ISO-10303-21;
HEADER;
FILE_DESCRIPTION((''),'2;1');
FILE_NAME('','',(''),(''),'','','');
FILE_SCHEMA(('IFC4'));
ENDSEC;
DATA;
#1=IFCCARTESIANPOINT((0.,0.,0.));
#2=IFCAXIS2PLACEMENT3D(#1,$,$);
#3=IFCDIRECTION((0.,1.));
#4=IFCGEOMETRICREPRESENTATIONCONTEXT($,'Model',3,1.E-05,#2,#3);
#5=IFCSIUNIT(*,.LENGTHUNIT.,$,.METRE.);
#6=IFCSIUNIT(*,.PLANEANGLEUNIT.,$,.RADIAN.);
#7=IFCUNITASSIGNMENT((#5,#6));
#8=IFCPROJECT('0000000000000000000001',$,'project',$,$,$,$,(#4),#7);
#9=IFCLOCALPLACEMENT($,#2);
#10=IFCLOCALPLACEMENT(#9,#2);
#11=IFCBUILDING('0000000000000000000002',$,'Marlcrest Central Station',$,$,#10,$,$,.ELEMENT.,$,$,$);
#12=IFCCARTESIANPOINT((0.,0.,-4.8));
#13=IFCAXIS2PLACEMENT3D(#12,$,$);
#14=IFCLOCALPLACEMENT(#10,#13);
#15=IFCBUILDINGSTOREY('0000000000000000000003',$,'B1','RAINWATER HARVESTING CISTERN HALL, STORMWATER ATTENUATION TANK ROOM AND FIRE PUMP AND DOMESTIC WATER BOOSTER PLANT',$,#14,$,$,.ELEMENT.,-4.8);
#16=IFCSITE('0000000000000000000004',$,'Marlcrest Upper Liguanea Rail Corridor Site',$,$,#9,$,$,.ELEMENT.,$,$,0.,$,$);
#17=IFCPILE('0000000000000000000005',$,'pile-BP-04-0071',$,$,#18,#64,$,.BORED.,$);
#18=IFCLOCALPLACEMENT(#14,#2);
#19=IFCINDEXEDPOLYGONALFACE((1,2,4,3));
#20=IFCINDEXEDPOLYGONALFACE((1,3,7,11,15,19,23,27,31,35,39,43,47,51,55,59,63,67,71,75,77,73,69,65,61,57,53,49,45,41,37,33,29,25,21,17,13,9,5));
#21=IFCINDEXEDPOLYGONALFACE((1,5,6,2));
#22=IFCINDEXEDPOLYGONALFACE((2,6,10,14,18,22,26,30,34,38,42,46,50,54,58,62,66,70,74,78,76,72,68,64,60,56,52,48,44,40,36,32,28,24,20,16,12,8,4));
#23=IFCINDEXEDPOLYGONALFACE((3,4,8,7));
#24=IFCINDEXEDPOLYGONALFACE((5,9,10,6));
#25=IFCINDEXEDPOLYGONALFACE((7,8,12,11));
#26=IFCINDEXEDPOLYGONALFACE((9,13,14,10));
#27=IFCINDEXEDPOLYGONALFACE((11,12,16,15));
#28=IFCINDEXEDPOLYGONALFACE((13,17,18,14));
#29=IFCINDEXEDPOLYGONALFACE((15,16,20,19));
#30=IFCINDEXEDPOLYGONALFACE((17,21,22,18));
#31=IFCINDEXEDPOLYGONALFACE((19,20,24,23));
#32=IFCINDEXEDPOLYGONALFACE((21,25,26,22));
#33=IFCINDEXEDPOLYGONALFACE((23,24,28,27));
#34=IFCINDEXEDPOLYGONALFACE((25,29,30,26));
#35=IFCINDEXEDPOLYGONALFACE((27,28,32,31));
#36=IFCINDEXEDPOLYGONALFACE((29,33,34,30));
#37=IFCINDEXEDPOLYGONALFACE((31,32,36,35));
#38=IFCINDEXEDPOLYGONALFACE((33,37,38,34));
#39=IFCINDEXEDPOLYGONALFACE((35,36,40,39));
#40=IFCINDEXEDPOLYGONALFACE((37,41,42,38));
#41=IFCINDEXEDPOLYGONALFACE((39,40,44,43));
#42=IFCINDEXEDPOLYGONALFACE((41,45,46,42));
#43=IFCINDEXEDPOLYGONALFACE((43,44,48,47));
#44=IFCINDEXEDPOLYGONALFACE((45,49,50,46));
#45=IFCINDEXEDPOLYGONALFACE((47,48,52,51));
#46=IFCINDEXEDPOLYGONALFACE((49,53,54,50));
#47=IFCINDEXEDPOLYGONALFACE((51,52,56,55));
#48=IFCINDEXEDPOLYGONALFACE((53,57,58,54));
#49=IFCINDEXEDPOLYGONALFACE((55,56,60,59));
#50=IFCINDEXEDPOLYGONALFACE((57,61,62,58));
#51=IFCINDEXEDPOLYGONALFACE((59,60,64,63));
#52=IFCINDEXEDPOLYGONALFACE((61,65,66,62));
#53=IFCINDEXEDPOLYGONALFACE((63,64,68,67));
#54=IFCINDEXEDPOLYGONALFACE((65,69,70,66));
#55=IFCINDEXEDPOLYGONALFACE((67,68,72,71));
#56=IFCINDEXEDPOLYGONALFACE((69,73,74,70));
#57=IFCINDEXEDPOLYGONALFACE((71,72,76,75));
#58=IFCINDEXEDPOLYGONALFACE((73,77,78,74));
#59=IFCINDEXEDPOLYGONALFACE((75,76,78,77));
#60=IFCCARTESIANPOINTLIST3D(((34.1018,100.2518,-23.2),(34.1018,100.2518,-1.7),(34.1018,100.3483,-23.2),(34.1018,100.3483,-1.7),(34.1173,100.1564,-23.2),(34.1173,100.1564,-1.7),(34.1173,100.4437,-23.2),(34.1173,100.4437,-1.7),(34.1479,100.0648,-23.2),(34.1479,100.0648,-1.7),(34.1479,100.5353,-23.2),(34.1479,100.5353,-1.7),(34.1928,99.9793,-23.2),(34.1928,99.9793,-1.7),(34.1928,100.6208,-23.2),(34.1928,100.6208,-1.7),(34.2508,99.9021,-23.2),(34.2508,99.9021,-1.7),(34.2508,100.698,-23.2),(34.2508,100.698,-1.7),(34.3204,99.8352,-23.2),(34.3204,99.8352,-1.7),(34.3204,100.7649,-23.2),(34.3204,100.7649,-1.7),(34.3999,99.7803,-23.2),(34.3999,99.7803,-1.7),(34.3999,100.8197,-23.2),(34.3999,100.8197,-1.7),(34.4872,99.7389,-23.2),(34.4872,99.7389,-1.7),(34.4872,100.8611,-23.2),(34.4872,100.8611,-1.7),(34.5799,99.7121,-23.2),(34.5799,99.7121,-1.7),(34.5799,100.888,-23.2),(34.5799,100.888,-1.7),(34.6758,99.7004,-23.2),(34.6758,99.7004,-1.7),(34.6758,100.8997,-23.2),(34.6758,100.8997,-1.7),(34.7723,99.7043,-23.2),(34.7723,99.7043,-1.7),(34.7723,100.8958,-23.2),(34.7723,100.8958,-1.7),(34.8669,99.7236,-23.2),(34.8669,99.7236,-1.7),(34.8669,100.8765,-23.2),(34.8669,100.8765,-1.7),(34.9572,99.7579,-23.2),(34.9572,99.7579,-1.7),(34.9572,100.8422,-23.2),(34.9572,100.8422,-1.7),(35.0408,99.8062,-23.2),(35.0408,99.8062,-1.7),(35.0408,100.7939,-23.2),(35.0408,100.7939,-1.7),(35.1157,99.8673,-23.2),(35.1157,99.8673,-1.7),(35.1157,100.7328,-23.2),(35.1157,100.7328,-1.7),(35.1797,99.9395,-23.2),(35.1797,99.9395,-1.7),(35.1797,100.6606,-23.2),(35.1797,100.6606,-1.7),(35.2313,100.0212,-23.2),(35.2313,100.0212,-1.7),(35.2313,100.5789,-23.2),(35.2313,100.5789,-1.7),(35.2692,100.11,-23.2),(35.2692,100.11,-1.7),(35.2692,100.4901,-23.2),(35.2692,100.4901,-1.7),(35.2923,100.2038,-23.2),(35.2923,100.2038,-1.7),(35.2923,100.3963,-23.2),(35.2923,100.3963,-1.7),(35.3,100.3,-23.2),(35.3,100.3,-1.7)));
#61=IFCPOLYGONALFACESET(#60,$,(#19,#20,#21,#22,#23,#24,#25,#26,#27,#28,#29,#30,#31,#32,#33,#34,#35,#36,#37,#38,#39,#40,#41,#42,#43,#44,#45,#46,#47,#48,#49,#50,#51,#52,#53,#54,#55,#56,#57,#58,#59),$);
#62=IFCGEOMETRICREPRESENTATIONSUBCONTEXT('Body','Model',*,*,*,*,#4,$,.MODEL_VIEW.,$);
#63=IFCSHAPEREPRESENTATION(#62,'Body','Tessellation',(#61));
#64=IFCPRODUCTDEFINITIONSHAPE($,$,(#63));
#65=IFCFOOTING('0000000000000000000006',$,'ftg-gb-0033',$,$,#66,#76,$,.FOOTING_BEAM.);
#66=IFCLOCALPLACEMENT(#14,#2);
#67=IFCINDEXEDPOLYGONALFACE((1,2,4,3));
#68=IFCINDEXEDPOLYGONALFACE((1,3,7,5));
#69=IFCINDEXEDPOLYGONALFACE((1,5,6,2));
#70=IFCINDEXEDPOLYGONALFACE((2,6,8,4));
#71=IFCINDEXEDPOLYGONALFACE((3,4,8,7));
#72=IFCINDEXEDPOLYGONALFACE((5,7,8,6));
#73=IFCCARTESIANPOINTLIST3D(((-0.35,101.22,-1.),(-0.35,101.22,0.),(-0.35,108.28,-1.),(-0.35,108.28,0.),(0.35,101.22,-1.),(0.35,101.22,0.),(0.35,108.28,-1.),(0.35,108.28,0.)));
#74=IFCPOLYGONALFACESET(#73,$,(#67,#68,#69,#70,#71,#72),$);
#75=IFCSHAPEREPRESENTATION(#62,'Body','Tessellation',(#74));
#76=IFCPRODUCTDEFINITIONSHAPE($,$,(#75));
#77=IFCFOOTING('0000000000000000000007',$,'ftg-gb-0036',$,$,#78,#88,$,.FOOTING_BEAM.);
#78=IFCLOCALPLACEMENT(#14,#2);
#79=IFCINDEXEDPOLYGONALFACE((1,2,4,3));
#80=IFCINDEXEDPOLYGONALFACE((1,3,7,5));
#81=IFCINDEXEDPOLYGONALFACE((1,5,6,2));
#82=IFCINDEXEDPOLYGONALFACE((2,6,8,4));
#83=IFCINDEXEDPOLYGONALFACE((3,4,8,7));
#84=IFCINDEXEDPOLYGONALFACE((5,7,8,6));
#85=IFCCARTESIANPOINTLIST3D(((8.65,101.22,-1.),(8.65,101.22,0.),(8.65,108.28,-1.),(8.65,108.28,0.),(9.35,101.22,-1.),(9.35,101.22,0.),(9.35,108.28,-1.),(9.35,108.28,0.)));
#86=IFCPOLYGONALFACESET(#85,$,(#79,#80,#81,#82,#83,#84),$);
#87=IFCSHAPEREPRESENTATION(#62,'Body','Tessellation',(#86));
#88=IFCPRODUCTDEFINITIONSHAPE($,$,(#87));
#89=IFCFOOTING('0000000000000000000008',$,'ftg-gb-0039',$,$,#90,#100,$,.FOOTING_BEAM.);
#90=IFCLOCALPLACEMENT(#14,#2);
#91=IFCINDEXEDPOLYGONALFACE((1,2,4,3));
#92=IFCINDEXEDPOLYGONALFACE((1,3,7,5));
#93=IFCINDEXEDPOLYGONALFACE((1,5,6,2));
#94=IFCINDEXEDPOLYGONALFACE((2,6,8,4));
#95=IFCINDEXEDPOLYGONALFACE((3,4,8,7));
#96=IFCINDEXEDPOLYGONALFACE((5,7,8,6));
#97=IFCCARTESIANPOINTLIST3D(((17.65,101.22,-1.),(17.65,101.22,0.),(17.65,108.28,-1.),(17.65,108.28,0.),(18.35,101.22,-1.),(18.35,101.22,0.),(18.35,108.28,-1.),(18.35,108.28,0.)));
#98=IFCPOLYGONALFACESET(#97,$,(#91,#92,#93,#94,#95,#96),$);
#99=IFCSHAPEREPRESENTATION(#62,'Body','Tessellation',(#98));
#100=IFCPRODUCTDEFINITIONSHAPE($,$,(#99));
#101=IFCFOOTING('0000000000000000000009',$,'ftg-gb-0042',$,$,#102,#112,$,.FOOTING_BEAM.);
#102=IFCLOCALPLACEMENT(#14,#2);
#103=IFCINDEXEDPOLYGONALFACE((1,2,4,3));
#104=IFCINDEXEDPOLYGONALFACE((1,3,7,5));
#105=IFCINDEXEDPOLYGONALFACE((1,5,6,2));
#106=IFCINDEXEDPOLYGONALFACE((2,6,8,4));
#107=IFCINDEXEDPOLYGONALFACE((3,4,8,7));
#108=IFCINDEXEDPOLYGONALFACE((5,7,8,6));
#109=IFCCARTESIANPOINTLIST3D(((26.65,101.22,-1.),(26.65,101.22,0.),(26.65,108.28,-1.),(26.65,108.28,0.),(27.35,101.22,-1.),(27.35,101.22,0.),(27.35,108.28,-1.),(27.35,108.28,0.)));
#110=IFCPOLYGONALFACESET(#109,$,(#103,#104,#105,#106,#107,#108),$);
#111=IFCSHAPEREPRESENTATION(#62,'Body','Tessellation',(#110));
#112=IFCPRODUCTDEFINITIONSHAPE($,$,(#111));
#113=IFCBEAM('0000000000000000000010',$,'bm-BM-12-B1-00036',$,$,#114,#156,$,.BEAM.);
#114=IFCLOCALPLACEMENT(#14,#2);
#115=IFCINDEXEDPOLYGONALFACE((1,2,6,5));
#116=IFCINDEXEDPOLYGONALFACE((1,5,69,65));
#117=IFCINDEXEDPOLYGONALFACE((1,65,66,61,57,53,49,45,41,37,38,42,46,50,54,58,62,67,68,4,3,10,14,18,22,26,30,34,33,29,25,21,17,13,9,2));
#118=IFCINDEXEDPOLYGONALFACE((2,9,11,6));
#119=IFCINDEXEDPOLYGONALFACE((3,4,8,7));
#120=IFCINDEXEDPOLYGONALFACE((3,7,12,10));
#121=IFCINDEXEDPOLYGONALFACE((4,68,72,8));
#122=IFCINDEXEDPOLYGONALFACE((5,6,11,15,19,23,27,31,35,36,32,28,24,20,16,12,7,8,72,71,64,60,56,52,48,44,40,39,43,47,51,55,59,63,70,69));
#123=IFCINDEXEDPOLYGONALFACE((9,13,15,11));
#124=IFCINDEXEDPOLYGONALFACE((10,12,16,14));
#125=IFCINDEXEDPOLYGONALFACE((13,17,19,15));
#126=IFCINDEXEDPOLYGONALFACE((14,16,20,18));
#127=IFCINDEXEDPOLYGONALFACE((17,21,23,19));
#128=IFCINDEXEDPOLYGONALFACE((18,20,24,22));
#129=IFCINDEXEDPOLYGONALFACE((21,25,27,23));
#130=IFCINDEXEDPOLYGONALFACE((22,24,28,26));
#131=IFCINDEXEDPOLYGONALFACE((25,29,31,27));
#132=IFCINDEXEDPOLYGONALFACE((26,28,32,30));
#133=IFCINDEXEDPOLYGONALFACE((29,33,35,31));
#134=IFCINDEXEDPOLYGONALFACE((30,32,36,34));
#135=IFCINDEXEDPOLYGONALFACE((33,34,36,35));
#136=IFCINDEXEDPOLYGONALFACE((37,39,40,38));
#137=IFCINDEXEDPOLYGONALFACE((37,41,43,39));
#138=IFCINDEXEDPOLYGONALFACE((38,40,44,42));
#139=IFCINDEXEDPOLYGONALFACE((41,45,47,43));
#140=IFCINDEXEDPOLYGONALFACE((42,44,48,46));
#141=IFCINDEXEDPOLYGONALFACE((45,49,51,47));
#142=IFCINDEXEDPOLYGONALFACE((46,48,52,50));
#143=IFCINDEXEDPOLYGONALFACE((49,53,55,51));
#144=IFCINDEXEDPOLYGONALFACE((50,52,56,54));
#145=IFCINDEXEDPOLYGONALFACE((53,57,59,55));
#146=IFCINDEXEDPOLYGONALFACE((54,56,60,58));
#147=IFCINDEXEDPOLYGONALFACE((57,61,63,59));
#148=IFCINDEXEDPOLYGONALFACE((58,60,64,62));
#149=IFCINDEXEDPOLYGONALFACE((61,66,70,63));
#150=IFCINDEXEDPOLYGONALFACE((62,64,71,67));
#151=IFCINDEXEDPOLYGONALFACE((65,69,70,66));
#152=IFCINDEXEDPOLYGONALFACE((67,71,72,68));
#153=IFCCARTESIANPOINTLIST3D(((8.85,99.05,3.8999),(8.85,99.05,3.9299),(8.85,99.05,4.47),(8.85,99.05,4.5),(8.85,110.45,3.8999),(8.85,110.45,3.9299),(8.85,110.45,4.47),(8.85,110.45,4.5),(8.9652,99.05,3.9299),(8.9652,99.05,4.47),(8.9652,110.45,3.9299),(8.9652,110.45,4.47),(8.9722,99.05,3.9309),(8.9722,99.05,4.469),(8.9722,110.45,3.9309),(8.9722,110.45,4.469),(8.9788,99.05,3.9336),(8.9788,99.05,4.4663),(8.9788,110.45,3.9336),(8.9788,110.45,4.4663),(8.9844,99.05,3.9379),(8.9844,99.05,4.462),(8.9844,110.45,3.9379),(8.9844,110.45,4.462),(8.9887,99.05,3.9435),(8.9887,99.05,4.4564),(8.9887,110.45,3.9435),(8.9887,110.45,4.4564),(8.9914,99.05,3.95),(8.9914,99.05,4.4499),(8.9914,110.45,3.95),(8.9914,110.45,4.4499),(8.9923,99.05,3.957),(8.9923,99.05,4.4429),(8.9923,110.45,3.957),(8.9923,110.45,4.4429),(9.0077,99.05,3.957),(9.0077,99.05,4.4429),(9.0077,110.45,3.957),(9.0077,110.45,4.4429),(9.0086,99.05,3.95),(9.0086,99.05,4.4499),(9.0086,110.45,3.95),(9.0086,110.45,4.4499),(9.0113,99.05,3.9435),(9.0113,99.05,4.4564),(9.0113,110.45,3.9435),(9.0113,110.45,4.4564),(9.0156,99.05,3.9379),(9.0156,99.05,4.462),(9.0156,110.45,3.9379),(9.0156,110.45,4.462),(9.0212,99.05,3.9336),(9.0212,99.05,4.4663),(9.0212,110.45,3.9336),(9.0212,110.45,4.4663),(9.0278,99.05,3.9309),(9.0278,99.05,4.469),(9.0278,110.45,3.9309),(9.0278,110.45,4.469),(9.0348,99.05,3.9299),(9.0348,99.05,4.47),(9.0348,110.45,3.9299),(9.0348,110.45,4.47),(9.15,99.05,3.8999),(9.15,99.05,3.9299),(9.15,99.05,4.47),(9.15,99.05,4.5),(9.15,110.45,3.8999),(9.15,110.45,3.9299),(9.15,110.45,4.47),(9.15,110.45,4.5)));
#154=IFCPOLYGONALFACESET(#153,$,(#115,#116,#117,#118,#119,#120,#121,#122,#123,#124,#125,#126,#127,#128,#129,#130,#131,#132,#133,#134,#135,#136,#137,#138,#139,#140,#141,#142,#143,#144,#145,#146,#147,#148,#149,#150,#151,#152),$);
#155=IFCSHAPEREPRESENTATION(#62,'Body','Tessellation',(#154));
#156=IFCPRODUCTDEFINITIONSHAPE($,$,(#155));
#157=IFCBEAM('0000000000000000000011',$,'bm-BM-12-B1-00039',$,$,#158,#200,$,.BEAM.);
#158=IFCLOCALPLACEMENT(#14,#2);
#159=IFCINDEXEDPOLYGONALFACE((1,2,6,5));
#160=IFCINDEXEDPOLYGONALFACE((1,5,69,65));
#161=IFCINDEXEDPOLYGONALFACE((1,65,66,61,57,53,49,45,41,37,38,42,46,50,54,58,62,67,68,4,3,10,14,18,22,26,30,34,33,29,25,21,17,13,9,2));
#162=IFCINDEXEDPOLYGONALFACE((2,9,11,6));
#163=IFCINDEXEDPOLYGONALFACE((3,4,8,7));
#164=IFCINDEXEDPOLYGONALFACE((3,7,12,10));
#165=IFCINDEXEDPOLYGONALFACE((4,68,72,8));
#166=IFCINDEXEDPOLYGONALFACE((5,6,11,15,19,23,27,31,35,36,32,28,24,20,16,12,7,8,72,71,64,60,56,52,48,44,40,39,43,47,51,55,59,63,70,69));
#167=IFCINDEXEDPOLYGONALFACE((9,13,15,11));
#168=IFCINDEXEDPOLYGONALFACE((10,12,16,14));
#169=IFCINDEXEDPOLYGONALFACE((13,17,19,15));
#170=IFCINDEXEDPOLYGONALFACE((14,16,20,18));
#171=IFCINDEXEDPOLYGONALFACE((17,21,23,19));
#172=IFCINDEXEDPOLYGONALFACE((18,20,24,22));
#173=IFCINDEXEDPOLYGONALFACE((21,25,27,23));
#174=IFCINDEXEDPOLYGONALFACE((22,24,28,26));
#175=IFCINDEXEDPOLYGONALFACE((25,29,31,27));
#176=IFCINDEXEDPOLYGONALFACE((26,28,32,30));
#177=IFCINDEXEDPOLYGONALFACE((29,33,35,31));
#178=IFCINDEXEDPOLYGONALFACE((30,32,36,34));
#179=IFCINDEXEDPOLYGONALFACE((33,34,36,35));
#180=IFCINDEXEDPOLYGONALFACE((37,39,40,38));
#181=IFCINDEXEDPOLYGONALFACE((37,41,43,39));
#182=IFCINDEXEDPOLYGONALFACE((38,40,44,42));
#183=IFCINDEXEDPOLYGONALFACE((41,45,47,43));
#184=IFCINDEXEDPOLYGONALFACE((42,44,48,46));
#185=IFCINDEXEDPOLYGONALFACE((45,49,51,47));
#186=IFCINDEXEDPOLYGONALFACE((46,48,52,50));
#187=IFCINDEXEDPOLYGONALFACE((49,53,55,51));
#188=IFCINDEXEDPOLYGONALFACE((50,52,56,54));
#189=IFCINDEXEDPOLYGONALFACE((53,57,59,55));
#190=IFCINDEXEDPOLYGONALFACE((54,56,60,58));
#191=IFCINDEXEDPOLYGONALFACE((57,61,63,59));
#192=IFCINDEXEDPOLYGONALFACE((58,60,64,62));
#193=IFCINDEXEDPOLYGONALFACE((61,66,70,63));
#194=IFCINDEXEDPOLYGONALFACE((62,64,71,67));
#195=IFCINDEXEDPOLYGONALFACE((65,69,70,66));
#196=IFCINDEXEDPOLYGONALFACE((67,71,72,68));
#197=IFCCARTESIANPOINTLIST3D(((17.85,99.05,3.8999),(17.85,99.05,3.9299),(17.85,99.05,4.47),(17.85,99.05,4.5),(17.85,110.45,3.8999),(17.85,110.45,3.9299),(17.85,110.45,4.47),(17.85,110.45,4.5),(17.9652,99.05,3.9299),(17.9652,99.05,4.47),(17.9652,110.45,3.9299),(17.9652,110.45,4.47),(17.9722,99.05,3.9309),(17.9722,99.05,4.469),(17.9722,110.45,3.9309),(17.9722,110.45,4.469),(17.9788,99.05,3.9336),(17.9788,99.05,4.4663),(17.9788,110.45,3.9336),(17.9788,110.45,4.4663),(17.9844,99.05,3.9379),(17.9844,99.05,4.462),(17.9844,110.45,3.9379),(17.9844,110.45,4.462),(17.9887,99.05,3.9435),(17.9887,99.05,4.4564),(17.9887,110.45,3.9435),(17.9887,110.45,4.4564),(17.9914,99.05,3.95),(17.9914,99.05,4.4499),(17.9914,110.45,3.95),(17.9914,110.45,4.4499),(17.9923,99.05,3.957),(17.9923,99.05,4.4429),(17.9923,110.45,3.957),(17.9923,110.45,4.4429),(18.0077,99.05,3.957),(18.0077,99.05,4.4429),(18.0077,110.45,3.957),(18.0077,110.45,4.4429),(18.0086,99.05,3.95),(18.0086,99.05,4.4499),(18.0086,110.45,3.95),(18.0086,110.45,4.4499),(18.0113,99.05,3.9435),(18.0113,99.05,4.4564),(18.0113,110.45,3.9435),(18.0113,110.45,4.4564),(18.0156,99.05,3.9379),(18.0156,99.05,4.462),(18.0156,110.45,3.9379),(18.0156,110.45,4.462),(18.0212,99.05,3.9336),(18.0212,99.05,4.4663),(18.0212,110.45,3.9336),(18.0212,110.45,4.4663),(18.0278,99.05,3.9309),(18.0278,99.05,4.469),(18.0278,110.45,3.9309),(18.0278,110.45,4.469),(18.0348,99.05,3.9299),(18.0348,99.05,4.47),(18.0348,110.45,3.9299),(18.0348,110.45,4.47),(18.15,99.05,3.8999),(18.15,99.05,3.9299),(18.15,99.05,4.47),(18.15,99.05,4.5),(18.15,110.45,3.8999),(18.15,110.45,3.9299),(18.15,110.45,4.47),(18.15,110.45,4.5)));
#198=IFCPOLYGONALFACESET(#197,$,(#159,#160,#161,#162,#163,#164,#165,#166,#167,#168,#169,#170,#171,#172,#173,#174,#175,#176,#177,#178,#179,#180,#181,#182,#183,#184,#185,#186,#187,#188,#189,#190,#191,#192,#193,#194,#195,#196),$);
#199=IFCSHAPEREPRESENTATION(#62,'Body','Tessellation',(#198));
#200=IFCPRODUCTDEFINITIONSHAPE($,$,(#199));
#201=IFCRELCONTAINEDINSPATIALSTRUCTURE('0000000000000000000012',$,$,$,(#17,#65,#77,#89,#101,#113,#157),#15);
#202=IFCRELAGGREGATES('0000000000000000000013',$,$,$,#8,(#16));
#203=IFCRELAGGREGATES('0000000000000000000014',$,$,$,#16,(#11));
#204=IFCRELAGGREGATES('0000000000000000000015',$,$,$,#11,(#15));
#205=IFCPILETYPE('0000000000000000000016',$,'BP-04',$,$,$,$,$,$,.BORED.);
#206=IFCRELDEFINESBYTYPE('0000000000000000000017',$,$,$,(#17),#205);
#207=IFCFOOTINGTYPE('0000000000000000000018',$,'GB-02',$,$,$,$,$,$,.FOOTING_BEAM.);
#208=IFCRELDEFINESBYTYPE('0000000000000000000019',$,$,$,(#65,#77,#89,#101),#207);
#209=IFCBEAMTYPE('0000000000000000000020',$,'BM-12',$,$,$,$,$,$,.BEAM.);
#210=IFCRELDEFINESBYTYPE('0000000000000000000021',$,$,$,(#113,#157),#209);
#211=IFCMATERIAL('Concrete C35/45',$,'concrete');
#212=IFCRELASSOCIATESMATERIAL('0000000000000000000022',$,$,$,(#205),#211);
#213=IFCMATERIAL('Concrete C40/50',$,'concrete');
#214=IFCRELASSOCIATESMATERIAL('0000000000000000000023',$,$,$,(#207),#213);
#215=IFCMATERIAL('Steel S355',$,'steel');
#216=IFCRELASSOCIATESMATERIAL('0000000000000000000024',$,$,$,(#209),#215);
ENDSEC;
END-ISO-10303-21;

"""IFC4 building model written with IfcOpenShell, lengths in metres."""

from ifc_helpers import new_model, si_unit, direction, frame, origin, origin_2d, place, context, subcontext, project, spatial, rectangle, circle, i_section, extrude, material, material_profile, profile_set, type_object, element, save


model = new_model("IFC4")

# Units and contexts
model_context = context("Model", 3, precision=1e-05, world=origin(), true_north=direction((0.0, 1.0)))
body_context = subcontext(model_context, "Body", "Model", "MODEL_VIEW")
ifc_project = project(units=[si_unit("LENGTHUNIT", "METRE"), si_unit("PLANEANGLEUNIT", "RADIAN")], contexts=[model_context])

# Site, building, storey
site_placement = place(None, origin())
site = spatial("IfcSite", under=ifc_project, at=site_placement, Name="Marlcrest Upper Liguanea Rail Corridor Site", CompositionType="ELEMENT", RefElevation=0.0)
building_placement = place(site_placement, origin())
building = spatial("IfcBuilding", under=site, at=building_placement, Name="Marlcrest Central Station", CompositionType="ELEMENT")
storey_placement = place(building_placement, frame((0.0, 0.0, -4.8)))
storey = spatial("IfcBuildingStorey", under=building, at=storey_placement, Name="B1", Description="RAINWATER HARVESTING CISTERN HALL, STORMWATER ATTENUATION TANK ROOM AND FIRE PUMP AND DOMESTIC WATER BOOSTER PLANT", CompositionType="ELEMENT", Elevation=-4.8)

# Pile
ifc_material_1 = material(Name="Concrete C35/45", Category="concrete")
ifc_material_profile_1 = material_profile(ifc_material_1, circle(Radius=0.6001, at=origin_2d()), Name="PILE D1200")
ifc_profile_set_1 = profile_set([ifc_material_profile_1], Name="Concrete C35/45")
pile_type = type_object("IfcPileType", Name="BP-04", PredefinedType="BORED", material=ifc_profile_set_1)
for number, where, z_axis, x_axis, name in (
    (1, (34.7, 100.3, -1.7), (0.0, 0.0, -1.0), (1.0, 0.0, 0.0), "pile-BP-04-0071"),
):
    element("IfcPile", number, at=place(storey_placement, frame(where, z_axis=z_axis, x_axis=x_axis)), inside=storey, type_object=pile_type, Name=name, PredefinedType="BORED", context=body_context, shape_type="SweptSolid", body=[
        extrude(circle(Radius=0.6001, at=origin_2d()), origin(), (0.0, 0.0, 1.0), 21.5),
    ])

# Footings
ifc_material_2 = material(Name="Concrete C40/50", Category="concrete")
footing_type = type_object("IfcFootingType", Name="GB-02", PredefinedType="FOOTING_BEAM", material=ifc_material_2)
for number, where, z_axis, x_axis, name in (
    (2, (0.0, 104.75, -1.0), (0.0, 0.0, 1.0), (1.0, 0.0, 0.0), "ftg-gb-0033"),
    (3, (9.0, 104.75, -1.0), (0.0, 0.0, 1.0), (1.0, 0.0, 0.0), "ftg-gb-0036"),
    (4, (18.0, 104.75, -1.0), (0.0, 0.0, 1.0), (1.0, 0.0, 0.0), "ftg-gb-0039"),
    (5, (27.0, 104.75, -1.0), (0.0, 0.0, 1.0), (1.0, 0.0, 0.0), "ftg-gb-0042"),
):
    element("IfcFooting", number, at=place(storey_placement, frame(where, z_axis=z_axis, x_axis=x_axis)), inside=storey, type_object=footing_type, Name=name, PredefinedType="FOOTING_BEAM", context=body_context, shape_type="SweptSolid", body=[
        extrude(rectangle(XDim=0.7, YDim=7.0601, at=origin_2d()), origin(), (0.0, 0.0, 1.0), 1.0),
    ])

# Beams
ifc_material_3 = material(Name="Steel S355", Category="steel")
ifc_material_profile_2 = material_profile(ifc_material_3, i_section(OverallWidth=0.3, OverallDepth=0.6001, WebThickness=0.0154, FlangeThickness=0.03, FilletRadius=0.0271, at=origin_2d()), Name="HEB 600")
ifc_profile_set_2 = profile_set([ifc_material_profile_2], Name="Steel S355")
beam_type_1 = type_object("IfcBeamType", Name="BM-12", PredefinedType="BEAM", material=ifc_profile_set_2)
for number, where, z_axis, x_axis, name in (
    (6, (9.0, 99.05, 4.2), (0.0, 1.0, 0.0), (-1.0, 0.0, 0.0), "bm-BM-12-B1-00036"),
    (7, (18.0, 99.05, 4.2), (0.0, 1.0, 0.0), (-1.0, 0.0, 0.0), "bm-BM-12-B1-00039"),
):
    element("IfcBeam", number, at=place(storey_placement, frame(where, z_axis=z_axis, x_axis=x_axis)), inside=storey, type_object=beam_type_1, Name=name, PredefinedType="BEAM", context=body_context, shape_type="SweptSolid", body=[
        extrude(i_section(OverallWidth=0.3, OverallDepth=0.6001, WebThickness=0.0154, FlangeThickness=0.03, FilletRadius=0.0271, at=origin_2d()), origin(), (0.0, 0.0, 1.0), 11.3999),
    ])

save(model, "model.ifc")
